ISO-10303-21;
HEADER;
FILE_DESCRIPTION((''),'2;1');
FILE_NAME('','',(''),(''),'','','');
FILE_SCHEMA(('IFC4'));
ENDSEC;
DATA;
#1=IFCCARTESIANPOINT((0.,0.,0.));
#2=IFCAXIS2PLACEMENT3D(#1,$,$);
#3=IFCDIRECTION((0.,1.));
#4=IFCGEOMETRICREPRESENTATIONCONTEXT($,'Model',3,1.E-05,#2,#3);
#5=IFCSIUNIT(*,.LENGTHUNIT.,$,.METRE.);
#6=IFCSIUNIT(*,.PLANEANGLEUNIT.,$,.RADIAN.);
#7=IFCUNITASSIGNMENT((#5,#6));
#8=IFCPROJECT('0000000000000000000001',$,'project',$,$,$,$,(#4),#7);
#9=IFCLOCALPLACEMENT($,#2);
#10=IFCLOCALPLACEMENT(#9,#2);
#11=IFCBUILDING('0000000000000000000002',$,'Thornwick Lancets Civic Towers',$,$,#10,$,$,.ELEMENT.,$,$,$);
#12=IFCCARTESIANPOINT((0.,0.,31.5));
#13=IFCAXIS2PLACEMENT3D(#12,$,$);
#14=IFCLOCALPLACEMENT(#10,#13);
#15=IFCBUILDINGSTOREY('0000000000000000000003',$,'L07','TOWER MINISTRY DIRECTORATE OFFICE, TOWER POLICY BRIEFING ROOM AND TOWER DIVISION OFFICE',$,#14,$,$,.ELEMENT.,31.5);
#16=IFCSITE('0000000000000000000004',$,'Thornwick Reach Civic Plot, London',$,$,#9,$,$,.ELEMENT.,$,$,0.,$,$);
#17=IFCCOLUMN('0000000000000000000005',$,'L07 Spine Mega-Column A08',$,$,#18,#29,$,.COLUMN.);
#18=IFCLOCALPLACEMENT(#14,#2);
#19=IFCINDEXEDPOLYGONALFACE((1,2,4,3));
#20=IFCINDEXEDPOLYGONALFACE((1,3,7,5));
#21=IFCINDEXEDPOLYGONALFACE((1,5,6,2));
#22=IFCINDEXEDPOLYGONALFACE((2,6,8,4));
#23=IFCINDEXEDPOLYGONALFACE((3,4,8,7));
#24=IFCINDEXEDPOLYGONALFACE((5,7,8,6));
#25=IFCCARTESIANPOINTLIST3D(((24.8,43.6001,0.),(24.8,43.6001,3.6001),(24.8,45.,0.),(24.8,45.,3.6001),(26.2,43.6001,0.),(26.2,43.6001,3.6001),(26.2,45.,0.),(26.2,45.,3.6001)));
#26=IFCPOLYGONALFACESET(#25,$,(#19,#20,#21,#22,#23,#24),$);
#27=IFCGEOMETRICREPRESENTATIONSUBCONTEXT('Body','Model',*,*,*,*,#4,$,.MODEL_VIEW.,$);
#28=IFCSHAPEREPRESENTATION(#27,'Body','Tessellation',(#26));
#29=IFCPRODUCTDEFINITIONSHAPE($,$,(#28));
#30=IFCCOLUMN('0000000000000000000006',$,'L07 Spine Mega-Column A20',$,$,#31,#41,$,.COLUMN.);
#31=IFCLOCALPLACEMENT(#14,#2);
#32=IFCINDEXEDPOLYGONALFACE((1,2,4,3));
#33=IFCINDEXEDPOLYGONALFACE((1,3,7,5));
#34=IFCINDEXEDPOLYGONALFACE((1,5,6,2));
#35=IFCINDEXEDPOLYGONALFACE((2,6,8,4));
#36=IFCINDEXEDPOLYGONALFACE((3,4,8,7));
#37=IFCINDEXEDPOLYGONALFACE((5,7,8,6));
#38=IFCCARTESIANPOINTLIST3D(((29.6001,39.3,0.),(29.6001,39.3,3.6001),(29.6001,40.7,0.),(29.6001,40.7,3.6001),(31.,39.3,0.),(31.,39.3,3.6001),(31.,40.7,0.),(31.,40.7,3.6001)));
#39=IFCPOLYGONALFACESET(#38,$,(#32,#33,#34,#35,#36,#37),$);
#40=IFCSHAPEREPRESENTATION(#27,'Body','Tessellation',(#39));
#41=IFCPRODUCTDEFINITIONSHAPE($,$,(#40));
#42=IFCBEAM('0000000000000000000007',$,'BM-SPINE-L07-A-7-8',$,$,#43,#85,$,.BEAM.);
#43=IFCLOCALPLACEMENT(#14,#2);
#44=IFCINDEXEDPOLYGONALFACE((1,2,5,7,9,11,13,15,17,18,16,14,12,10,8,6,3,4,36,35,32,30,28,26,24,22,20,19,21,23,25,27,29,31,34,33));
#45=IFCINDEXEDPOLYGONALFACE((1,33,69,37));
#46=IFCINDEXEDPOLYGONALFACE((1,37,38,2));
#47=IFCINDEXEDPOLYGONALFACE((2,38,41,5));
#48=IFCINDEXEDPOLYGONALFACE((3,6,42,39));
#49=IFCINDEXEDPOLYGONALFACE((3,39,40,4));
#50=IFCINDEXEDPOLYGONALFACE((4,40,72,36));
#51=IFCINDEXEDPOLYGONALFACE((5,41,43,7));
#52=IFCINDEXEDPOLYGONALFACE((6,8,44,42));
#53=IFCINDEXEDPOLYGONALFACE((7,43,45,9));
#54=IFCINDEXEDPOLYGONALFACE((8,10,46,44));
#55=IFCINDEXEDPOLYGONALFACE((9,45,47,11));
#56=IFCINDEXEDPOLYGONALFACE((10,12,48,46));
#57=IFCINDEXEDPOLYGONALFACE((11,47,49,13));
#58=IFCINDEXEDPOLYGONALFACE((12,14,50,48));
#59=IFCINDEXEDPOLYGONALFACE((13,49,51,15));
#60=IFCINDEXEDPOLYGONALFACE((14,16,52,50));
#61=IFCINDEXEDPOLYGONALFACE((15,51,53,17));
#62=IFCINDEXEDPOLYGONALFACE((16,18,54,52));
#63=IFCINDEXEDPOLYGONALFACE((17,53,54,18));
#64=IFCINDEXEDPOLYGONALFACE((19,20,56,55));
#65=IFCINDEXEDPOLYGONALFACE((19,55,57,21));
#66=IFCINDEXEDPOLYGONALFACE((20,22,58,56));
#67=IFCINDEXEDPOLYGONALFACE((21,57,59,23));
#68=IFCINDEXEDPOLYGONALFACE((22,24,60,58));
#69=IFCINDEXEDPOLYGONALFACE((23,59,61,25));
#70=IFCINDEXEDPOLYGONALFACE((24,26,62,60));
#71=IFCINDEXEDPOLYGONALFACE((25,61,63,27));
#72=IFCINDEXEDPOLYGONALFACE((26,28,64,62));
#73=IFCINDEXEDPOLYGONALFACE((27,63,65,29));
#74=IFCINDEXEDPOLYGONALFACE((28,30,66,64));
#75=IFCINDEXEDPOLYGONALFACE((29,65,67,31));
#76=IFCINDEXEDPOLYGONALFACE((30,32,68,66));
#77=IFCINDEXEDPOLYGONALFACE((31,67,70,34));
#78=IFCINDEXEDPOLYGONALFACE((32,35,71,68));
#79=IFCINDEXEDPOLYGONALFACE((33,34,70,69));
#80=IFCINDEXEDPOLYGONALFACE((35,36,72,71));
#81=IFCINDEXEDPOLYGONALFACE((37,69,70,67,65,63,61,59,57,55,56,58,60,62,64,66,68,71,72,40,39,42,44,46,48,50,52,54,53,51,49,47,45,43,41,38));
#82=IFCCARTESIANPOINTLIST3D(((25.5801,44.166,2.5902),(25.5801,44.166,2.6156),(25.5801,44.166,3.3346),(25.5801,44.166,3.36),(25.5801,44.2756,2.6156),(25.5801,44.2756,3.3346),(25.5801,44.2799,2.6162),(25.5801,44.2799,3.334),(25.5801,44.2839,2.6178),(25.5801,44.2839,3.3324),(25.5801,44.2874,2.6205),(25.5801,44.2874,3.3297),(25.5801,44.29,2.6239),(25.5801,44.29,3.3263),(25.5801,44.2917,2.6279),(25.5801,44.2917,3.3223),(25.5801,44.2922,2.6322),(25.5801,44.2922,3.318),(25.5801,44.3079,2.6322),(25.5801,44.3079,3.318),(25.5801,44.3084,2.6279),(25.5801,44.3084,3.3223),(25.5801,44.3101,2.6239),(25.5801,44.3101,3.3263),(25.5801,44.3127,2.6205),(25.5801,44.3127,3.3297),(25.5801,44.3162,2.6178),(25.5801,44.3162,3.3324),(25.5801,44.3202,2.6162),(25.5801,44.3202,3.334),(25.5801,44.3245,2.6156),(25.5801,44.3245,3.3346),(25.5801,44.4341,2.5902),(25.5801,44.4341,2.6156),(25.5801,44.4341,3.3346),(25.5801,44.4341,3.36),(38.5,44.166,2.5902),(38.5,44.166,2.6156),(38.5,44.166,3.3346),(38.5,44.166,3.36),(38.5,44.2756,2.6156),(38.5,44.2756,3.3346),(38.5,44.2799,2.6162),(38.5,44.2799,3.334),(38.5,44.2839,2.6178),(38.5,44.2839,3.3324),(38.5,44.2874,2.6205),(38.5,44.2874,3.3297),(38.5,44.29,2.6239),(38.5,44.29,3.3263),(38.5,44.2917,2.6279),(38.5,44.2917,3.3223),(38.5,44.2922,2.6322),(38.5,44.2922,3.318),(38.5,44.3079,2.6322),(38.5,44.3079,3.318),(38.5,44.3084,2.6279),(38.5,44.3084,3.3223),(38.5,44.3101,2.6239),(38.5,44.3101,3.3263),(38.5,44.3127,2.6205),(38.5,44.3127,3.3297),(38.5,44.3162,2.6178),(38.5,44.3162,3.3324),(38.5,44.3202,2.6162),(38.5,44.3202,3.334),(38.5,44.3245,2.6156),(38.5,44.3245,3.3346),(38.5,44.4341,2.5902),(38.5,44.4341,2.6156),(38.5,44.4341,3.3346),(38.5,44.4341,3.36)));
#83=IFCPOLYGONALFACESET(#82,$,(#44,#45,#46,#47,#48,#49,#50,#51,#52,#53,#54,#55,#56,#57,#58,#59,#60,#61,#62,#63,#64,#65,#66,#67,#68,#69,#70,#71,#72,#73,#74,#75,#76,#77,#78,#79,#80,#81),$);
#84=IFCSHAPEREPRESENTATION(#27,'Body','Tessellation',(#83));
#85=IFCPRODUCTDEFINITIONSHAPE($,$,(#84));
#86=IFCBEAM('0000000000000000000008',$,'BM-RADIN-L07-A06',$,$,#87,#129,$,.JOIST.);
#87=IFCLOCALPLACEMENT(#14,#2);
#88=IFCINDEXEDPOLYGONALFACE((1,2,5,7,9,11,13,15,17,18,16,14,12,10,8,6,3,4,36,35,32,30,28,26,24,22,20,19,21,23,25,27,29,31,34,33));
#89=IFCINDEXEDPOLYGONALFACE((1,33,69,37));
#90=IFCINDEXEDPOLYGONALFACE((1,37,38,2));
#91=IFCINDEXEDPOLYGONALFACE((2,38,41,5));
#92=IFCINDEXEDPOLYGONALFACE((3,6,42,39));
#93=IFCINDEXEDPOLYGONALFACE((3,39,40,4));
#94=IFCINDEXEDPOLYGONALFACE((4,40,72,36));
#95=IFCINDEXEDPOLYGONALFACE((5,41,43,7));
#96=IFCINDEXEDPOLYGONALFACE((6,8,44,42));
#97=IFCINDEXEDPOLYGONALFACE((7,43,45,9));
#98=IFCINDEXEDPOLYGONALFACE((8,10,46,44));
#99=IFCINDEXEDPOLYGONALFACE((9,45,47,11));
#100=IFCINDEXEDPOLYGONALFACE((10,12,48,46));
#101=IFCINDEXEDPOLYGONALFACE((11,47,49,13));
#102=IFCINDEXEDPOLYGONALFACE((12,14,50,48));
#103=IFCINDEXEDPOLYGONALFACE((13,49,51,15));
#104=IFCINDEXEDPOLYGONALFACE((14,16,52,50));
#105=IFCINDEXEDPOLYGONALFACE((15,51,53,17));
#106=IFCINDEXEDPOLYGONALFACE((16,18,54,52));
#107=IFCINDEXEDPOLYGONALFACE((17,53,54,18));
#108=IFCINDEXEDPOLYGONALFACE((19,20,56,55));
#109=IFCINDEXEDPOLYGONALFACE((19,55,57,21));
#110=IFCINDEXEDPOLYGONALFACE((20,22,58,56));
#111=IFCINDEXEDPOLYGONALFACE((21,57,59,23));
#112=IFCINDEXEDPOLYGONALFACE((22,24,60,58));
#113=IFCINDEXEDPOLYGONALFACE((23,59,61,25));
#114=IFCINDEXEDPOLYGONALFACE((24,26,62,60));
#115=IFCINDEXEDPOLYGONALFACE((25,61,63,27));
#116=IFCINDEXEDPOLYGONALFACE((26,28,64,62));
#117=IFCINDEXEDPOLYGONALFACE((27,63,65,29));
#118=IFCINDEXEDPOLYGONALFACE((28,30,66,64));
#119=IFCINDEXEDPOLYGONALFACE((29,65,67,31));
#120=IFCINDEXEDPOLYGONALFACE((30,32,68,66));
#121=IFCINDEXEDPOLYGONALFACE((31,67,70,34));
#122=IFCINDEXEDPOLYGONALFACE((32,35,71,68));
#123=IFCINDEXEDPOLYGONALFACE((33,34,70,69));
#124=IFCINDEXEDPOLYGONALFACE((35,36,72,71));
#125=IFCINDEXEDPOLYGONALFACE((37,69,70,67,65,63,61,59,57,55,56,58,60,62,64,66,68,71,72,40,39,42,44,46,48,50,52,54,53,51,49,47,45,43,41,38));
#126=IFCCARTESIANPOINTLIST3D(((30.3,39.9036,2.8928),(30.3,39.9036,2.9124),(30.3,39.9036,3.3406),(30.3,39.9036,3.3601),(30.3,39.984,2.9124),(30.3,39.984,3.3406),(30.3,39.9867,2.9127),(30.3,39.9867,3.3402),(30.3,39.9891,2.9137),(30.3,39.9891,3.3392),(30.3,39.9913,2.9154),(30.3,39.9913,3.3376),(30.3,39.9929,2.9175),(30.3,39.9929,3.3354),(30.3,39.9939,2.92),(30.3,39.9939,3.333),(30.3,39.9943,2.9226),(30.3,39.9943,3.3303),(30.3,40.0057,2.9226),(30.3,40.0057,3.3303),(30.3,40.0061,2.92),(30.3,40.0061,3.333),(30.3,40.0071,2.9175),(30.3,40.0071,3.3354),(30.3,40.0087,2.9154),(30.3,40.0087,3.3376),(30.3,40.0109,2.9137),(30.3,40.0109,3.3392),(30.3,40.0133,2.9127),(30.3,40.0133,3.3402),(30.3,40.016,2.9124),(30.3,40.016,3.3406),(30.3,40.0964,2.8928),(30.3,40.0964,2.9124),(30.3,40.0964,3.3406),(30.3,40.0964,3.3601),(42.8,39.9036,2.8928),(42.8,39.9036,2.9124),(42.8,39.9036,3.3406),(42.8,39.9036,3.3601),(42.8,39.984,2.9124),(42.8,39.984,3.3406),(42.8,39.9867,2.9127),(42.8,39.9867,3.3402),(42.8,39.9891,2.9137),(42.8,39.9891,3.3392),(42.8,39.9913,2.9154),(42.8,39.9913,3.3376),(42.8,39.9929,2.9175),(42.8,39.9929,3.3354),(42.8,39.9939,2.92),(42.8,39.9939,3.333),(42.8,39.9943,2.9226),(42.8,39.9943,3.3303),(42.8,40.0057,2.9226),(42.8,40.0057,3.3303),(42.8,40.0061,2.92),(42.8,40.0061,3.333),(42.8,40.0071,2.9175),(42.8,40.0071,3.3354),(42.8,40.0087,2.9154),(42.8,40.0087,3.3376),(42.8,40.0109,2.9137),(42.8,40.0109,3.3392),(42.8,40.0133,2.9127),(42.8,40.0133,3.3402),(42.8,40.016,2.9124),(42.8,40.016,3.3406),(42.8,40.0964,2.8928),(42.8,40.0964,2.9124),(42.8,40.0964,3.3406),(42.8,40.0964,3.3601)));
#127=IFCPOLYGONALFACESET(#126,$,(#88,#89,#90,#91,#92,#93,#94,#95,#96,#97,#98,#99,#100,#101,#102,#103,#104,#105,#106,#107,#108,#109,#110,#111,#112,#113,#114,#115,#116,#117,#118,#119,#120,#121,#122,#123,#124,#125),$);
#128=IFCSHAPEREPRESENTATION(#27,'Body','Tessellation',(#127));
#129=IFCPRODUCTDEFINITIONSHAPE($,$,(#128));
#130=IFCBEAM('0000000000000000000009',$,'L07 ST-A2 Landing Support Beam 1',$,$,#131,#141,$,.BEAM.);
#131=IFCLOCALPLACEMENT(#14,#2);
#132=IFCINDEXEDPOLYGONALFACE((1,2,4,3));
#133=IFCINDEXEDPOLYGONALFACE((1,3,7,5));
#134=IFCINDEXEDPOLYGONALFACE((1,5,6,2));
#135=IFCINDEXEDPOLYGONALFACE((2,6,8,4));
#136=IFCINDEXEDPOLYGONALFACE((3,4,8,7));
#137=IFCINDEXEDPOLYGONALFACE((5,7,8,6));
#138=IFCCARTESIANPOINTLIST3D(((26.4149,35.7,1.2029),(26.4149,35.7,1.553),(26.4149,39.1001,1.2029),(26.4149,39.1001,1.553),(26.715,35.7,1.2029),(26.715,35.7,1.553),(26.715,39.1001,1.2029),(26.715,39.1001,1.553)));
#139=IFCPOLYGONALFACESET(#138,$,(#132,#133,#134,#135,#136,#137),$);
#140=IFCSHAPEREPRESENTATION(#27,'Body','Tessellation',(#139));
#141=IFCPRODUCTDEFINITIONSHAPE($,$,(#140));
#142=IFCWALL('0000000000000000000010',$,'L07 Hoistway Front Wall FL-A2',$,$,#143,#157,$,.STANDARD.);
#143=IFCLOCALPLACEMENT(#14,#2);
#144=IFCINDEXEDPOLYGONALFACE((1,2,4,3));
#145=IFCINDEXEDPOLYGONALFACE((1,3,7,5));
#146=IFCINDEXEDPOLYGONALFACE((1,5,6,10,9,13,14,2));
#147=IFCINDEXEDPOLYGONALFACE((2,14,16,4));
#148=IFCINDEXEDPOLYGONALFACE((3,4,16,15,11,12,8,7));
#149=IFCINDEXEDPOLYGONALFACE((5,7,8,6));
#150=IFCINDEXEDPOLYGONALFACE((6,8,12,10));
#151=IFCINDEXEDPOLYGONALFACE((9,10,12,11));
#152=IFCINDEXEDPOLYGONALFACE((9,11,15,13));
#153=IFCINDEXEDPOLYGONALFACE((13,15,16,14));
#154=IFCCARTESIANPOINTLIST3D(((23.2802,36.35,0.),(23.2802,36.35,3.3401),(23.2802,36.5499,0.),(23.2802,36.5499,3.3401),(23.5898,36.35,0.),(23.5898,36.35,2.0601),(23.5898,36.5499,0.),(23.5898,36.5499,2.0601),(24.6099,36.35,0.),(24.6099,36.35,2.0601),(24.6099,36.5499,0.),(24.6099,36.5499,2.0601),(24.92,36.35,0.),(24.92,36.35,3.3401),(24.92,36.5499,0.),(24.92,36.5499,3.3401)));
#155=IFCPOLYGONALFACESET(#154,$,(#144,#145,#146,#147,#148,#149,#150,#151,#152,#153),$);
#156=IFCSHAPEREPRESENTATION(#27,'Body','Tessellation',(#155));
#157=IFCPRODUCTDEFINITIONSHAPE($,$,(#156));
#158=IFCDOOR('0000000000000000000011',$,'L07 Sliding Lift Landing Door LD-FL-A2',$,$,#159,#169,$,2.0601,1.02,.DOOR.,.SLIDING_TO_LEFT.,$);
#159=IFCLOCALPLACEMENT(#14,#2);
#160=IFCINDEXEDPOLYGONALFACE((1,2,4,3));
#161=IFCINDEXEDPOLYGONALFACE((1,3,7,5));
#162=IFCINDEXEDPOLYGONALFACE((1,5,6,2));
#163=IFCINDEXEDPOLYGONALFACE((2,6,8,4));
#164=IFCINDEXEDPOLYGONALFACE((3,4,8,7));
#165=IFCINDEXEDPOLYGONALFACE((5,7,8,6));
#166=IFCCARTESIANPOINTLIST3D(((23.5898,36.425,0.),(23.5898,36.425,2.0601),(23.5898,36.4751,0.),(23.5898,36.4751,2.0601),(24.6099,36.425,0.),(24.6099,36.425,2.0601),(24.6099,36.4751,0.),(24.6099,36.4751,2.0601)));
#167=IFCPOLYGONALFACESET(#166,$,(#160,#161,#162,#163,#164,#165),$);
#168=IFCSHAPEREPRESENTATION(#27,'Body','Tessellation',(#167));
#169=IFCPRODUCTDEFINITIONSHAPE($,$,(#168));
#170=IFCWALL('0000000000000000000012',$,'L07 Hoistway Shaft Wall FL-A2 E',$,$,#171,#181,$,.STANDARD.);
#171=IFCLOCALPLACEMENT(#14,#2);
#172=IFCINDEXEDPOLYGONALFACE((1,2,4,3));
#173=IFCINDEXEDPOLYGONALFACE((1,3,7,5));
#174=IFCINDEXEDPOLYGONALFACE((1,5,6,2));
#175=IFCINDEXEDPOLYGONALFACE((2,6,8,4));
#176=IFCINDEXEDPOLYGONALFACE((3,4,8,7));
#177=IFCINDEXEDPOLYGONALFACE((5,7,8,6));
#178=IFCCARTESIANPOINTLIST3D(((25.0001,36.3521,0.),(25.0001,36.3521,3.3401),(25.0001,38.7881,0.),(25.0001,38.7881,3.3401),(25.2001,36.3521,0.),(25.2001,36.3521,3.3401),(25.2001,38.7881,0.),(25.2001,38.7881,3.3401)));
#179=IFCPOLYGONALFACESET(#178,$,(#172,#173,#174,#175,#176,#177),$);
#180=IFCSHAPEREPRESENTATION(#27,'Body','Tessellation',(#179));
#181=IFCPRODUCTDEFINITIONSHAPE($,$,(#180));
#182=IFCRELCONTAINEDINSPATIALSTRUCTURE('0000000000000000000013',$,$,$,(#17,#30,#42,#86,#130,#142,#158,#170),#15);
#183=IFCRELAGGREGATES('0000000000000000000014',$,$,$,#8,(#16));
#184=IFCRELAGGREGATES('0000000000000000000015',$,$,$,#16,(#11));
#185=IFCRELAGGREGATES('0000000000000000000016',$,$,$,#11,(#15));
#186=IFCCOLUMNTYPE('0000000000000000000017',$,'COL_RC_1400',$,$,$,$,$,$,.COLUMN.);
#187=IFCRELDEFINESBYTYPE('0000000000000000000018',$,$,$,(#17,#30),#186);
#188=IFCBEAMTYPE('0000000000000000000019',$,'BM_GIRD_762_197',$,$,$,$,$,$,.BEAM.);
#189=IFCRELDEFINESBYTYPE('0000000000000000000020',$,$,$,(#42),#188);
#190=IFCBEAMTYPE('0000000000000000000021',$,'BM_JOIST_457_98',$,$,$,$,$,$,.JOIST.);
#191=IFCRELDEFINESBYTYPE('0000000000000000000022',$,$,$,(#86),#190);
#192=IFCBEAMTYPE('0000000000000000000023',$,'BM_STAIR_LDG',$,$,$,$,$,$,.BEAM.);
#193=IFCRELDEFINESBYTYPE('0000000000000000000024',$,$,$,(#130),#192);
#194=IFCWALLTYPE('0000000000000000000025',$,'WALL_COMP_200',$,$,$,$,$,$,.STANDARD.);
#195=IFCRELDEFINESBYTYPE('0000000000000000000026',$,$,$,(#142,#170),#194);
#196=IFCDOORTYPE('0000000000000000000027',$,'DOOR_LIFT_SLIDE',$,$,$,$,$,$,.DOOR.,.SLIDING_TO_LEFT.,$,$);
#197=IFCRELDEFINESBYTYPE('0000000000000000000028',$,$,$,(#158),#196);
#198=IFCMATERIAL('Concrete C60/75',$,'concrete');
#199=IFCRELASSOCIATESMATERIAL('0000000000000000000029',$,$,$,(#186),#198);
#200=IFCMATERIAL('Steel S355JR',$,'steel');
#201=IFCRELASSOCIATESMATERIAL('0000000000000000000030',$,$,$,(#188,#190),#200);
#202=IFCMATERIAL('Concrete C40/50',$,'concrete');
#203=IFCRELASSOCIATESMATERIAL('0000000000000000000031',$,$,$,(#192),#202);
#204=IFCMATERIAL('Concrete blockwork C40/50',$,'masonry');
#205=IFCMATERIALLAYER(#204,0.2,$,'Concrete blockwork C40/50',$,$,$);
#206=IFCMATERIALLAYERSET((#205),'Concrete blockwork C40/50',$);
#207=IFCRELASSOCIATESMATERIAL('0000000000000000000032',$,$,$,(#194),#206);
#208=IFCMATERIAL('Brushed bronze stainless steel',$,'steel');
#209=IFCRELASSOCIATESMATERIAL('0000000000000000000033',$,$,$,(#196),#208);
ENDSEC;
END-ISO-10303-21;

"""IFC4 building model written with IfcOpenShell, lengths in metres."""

from ifc_helpers import new_model, si_unit, direction, frame, frame_2d, origin, origin_2d, place, context, subcontext, project, spatial, rectangle, i_section, extrude, material, layer, layer_set, material_profile, profile_set, type_object, element, fill, save


model = new_model("IFC4")

# Units and contexts
model_context = context("Model", 3, precision=1e-05, world=origin(), true_north=direction((0.0, 1.0)))
body_context = subcontext(model_context, "Body", "Model", "MODEL_VIEW")
ifc_project = project(units=[si_unit("LENGTHUNIT", "METRE"), si_unit("PLANEANGLEUNIT", "RADIAN")], contexts=[model_context])

# Site, building, storey
site_placement = place(None, origin())
site = spatial("IfcSite", under=ifc_project, at=site_placement, Name="Thornwick Reach Civic Plot, London", CompositionType="ELEMENT", RefElevation=0.0)
building_placement = place(site_placement, origin())
building = spatial("IfcBuilding", under=site, at=building_placement, Name="Thornwick Lancets Civic Towers", CompositionType="ELEMENT")
storey_placement = place(building_placement, frame((0.0, 0.0, 31.5)))
storey = spatial("IfcBuildingStorey", under=building, at=storey_placement, Name="L07", Description="TOWER MINISTRY DIRECTORATE OFFICE, TOWER POLICY BRIEFING ROOM AND TOWER DIVISION OFFICE", CompositionType="ELEMENT", Elevation=31.5)

# Columns
ifc_material_1 = material(Name="Concrete C60/75", Category="concrete")
ifc_material_profile_1 = material_profile(ifc_material_1, rectangle(XDim=1.3999, YDim=1.3999, at=origin_2d()), Name="RC 1400x1400")
ifc_profile_set_1 = profile_set([ifc_material_profile_1], Name="Concrete C60/75")
column_type = type_object("IfcColumnType", Name="COL_RC_1400", PredefinedType="COLUMN", material=ifc_profile_set_1)
for number, where, z_axis, x_axis, name in (
    (1, (25.5, 44.3, 0.0), (0.0, 0.0, 1.0), (1.0, 0.0, 0.0), "L07 Spine Mega-Column A08"),
    (2, (30.3, 40.0, 0.0), (0.0, 0.0, 1.0), (1.0, 0.0, 0.0), "L07 Spine Mega-Column A20"),
):
    element("IfcColumn", number, at=place(storey_placement, frame(where, z_axis=z_axis, x_axis=x_axis)), inside=storey, type_object=column_type, Name=name, PredefinedType="COLUMN", context=body_context, shape_type="SweptSolid", body=[
        extrude(rectangle(XDim=1.3999, YDim=1.3999, at=origin_2d()), origin(), (0.0, 0.0, 1.0), 3.6001),
    ])

# Beams
ifc_material_2 = material(Name="Steel S355JR", Category="steel")
ifc_material_profile_2 = material_profile(ifc_material_2, i_section(OverallWidth=0.2681, OverallDepth=0.7698, WebThickness=0.0156, FlangeThickness=0.0254, FilletRadius=0.0166, at=origin_2d()), Name="UKB 762x267x197")
ifc_profile_set_2 = profile_set([ifc_material_profile_2], Name="Steel S355JR")
beam_type_1 = type_object("IfcBeamType", Name="BM_GIRD_762_197", PredefinedType="BEAM", material=ifc_profile_set_2)
beam_1_placement = place(storey_placement, frame((25.5801, 44.3, 2.9751), z_axis=(1.0, 0.0, 0.0), x_axis=(0.0, 1.0, 0.0)))
element("IfcBeam", 3, at=beam_1_placement, inside=storey, type_object=beam_type_1, Name="BM-SPINE-L07-A-7-8", PredefinedType="BEAM", context=body_context, shape_type="SweptSolid", body=[
    extrude(i_section(OverallWidth=0.2681, OverallDepth=0.7698, WebThickness=0.0156, FlangeThickness=0.0254, FilletRadius=0.0166, at=origin_2d()), origin(), (0.0, 0.0, 1.0), 12.9199),
])
ifc_material_profile_3 = material_profile(ifc_material_2, i_section(OverallWidth=0.1929, OverallDepth=0.4673, WebThickness=0.0115, FlangeThickness=0.0195, FilletRadius=0.0103, at=origin_2d()), Name="UKB 457x191x98")
ifc_profile_set_3 = profile_set([ifc_material_profile_3], Name="Steel S355JR")
beam_type_2 = type_object("IfcBeamType", Name="BM_JOIST_457_98", PredefinedType="JOIST", material=ifc_profile_set_3)
beam_2_placement = place(storey_placement, frame((30.3, 40.0, 3.1265), z_axis=(1.0, 0.0, 0.0), x_axis=(0.0, 1.0, 0.0)))
element("IfcBeam", 4, at=beam_2_placement, inside=storey, type_object=beam_type_2, Name="BM-RADIN-L07-A06", PredefinedType="JOIST", context=body_context, shape_type="SweptSolid", body=[
    extrude(i_section(OverallWidth=0.1929, OverallDepth=0.4673, WebThickness=0.0115, FlangeThickness=0.0195, FilletRadius=0.0103, at=origin_2d()), origin(), (0.0, 0.0, 1.0), 12.5),
])
ifc_material_3 = material(Name="Concrete C40/50", Category="concrete")
ifc_material_profile_4 = material_profile(ifc_material_3, rectangle(XDim=0.3, YDim=0.3501, at=origin_2d()), Name="RC 300x350")
ifc_profile_set_4 = profile_set([ifc_material_profile_4], Name="Concrete C40/50")
beam_type_3 = type_object("IfcBeamType", Name="BM_STAIR_LDG", PredefinedType="BEAM", material=ifc_profile_set_4)
beam_3_placement = place(storey_placement, frame((26.5649, 39.1001, 1.3779), z_axis=(0.0, -1.0, 0.0), x_axis=(1.0, 0.0, 0.0)))
element("IfcBeam", 5, at=beam_3_placement, inside=storey, type_object=beam_type_3, Name="L07 ST-A2 Landing Support Beam 1", PredefinedType="BEAM", context=body_context, shape_type="SweptSolid", body=[
    extrude(rectangle(XDim=0.3, YDim=0.3501, at=origin_2d()), origin(), (0.0, 0.0, 1.0), 3.4001),
])

# Wall, opening, door
ifc_material_4 = material(Name="Concrete blockwork C40/50", Category="masonry")
ifc_layer_1 = layer(ifc_material_4, 0.2, Name="Concrete blockwork C40/50")
ifc_layer_set_1 = layer_set([ifc_layer_1], Name="Concrete blockwork C40/50")
wall_type_1 = type_object("IfcWallType", Name="WALL_COMP_200", PredefinedType="STANDARD", material=ifc_layer_set_1)
wall_1_placement = place(storey_placement, frame((24.9199, 36.45, 0.0), z_axis=(0.0, 0.0, 1.0), x_axis=(-1.0, 0.0, 0.0)))
wall_1 = element("IfcWall", 6, at=wall_1_placement, inside=storey, type_object=wall_type_1, Name="L07 Hoistway Front Wall FL-A2", PredefinedType="STANDARD", context=body_context, shape_type="SweptSolid", body=[
    extrude(rectangle(XDim=1.6399, YDim=0.2, at=frame_2d((0.8198, 0.0))), origin(), (0.0, 0.0, 1.0), 3.3401),
])
opening_placement = place(wall_1_placement, frame((0.3101, 0.0, 0.0)))
opening = element("IfcOpeningElement", 7, at=opening_placement, cuts=wall_1, PredefinedType="OPENING", context=body_context, shape_type="SweptSolid", body=[
    extrude(rectangle(XDim=1.02, YDim=2.0601, at=frame_2d((0.51, 1.03))), frame((0.0, 0.1099, 0.0), z_axis=(0.0, -1.0, 0.0), x_axis=(1.0, 0.0, 0.0)), (0.0, 0.0, 1.0), 0.22),
])
ifc_material_5 = material(Name="Brushed bronze stainless steel", Category="steel")
door_type = type_object("IfcDoorType", Name="DOOR_LIFT_SLIDE", OperationType="SLIDING_TO_LEFT", PredefinedType="DOOR", material=ifc_material_5)
door_placement = place(opening_placement, origin())
door = element("IfcDoor", 8, at=door_placement, inside=storey, type_object=door_type, Name="L07 Sliding Lift Landing Door LD-FL-A2", OperationType="SLIDING_TO_LEFT", OverallHeight=2.0601, OverallWidth=1.02, PredefinedType="DOOR", context=body_context, shape_type="SweptSolid", body=[
    extrude(rectangle(XDim=1.02, YDim=2.0601, at=frame_2d((0.51, 1.03))), frame((0.0, 0.0249, 0.0), z_axis=(0.0, -1.0, 0.0), x_axis=(1.0, 0.0, 0.0)), (0.0, 0.0, 1.0), 0.05),
])
fill(opening, door)

# Wall
wall_2_placement = place(storey_placement, frame((25.1001, 36.3521, 0.0), z_axis=(0.0, 0.0, 1.0), x_axis=(0.0, 1.0, 0.0)))
element("IfcWall", 9, at=wall_2_placement, inside=storey, type_object=wall_type_1, Name="L07 Hoistway Shaft Wall FL-A2 E", PredefinedType="STANDARD", context=body_context, shape_type="SweptSolid", body=[
    extrude(rectangle(XDim=2.436, YDim=0.2, at=frame_2d((1.218, 0.0))), origin(), (0.0, 0.0, 1.0), 3.3401),
])

save(model, "model.ifc")
